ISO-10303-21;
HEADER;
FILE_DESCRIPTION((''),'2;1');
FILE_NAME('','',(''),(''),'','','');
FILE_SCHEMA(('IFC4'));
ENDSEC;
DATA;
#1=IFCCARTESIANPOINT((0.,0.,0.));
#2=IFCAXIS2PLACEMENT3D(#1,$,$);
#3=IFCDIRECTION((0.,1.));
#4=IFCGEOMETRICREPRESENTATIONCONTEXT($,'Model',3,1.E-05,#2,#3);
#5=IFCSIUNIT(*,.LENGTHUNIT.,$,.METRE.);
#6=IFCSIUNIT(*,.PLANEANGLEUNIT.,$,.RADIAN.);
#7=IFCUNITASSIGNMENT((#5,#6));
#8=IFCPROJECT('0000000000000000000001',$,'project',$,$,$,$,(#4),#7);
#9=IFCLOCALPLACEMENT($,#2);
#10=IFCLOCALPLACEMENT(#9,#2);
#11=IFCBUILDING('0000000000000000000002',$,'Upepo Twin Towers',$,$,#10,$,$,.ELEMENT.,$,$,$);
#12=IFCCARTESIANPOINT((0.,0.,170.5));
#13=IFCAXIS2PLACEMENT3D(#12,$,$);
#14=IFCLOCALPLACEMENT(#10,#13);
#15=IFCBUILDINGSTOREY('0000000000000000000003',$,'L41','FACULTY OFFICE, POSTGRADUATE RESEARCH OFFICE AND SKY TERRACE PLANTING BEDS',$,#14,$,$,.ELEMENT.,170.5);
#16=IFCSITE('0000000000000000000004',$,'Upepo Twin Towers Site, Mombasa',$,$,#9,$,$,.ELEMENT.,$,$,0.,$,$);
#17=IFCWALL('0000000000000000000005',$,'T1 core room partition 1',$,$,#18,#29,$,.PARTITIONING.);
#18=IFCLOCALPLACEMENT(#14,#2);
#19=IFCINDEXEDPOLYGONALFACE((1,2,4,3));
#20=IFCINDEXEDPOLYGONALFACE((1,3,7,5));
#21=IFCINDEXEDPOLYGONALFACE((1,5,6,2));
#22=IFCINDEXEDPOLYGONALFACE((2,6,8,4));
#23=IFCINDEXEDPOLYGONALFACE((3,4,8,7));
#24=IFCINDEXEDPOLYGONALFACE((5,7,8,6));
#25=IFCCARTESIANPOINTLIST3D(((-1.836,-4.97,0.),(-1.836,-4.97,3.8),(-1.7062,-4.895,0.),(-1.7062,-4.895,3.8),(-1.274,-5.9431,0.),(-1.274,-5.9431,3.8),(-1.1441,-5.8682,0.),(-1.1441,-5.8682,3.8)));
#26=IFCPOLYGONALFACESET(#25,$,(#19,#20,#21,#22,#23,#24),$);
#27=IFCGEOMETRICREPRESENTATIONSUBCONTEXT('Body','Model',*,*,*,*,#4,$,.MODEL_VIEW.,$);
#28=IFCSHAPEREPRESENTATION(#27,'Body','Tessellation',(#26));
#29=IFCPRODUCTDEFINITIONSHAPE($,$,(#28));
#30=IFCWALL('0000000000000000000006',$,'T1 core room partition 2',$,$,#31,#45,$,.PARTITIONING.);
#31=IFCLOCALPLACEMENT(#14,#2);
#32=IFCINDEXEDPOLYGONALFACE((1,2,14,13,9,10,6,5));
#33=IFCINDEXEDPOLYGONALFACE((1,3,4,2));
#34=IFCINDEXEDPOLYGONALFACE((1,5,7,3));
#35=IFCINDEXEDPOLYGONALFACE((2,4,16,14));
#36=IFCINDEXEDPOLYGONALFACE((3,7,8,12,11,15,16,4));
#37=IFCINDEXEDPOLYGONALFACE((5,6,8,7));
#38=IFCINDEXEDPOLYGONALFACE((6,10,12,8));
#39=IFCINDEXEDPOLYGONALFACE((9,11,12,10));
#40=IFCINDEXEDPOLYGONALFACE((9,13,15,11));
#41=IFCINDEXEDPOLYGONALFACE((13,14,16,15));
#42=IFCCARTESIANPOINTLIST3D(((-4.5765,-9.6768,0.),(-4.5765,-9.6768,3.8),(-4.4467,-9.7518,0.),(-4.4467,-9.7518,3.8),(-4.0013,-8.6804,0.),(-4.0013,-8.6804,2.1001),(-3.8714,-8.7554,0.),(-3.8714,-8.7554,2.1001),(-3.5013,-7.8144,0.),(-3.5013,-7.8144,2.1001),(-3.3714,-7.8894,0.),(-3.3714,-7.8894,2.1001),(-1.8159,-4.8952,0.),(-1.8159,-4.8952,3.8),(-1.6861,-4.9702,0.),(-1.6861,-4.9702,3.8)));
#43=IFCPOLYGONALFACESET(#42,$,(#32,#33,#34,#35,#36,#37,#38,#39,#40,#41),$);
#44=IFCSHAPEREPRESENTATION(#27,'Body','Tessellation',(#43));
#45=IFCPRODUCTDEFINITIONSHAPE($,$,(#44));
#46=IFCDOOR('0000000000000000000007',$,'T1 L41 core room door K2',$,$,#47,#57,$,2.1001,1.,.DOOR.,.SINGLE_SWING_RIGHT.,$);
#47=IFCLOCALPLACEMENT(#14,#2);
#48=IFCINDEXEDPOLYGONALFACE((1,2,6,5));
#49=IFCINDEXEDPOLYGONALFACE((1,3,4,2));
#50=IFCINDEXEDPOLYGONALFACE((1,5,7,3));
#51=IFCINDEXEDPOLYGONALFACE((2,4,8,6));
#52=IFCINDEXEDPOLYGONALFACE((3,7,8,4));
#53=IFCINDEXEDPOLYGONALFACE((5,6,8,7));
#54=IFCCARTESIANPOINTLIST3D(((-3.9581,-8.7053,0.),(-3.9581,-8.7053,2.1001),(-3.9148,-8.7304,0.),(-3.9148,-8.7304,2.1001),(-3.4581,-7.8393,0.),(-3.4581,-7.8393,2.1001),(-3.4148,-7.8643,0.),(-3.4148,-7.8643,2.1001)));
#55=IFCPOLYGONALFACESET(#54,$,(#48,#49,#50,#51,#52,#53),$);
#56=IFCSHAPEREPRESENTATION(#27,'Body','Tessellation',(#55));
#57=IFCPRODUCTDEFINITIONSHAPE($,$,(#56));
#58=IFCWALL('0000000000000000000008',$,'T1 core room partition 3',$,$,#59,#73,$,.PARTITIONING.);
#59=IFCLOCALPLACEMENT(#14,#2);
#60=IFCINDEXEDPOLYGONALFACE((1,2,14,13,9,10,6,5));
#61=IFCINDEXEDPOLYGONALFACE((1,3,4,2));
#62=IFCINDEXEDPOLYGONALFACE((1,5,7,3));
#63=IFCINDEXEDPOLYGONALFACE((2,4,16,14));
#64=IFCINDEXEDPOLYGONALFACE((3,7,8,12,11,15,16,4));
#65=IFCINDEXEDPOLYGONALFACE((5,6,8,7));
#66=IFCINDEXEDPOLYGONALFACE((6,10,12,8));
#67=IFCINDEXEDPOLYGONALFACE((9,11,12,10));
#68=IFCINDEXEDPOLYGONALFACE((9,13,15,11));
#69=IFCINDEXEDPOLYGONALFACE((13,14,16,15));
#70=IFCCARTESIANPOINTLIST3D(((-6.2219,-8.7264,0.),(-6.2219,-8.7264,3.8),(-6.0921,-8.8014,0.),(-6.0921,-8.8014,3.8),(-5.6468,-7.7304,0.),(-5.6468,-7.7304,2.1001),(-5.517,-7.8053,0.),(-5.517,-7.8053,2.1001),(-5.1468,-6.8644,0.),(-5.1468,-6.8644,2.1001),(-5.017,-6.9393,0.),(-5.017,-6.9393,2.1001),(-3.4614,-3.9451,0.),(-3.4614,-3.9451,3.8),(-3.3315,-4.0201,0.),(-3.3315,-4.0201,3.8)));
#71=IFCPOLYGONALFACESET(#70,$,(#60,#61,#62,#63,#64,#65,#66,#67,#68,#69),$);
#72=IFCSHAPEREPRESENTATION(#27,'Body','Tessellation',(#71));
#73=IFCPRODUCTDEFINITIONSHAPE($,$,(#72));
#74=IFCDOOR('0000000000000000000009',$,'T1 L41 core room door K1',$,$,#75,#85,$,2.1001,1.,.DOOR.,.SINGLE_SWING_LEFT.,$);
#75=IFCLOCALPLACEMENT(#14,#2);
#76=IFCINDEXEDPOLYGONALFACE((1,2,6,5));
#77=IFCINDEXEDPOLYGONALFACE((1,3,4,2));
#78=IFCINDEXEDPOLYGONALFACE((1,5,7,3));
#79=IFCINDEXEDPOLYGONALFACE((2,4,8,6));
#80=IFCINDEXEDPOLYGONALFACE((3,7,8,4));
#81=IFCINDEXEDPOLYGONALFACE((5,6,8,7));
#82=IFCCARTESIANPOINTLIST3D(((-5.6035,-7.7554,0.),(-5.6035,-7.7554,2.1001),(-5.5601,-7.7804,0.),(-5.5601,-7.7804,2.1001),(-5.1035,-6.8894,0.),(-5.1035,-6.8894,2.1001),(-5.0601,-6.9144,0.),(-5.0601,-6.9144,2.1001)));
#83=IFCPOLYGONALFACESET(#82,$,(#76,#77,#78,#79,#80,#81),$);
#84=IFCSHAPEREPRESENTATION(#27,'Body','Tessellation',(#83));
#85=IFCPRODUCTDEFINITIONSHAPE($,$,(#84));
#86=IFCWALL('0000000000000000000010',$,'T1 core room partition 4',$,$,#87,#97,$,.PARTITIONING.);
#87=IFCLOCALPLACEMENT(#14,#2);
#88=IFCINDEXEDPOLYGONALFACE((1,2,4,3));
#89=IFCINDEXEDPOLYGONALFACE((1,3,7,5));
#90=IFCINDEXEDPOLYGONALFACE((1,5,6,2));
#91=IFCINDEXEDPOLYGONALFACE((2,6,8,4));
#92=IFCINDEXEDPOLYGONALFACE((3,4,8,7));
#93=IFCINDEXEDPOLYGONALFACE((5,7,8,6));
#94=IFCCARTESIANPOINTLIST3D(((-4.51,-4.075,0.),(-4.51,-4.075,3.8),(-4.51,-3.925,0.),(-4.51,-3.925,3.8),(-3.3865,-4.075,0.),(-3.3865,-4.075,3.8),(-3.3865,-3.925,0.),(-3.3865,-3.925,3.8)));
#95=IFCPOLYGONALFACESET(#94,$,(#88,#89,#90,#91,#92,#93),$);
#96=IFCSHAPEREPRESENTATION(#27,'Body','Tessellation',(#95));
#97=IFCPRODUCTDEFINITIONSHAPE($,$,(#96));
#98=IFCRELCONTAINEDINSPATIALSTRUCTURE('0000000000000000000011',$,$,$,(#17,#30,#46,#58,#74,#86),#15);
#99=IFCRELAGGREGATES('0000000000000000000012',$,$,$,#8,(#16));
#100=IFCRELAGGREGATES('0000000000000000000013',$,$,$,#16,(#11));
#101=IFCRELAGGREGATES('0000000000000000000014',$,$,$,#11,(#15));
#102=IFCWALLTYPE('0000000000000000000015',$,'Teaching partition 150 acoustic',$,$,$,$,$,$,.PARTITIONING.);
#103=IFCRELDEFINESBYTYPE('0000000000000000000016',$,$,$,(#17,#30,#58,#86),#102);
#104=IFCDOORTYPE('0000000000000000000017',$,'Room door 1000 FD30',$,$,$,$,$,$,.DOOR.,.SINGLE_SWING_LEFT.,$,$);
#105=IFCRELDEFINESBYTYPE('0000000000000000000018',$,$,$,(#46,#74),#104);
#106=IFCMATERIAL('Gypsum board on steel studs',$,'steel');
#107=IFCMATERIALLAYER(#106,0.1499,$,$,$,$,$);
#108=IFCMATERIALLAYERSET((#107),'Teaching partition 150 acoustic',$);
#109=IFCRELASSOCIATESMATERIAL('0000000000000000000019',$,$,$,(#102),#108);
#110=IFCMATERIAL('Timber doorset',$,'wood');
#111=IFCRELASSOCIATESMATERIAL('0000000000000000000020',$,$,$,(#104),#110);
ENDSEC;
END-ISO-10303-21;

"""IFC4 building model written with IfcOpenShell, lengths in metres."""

from ifc_helpers import new_model, si_unit, direction, frame, frame_2d, origin, place, context, subcontext, project, spatial, rectangle, extrude, material, layer, layer_set, type_object, element, fill, save


model = new_model("IFC4")

# Units and contexts
model_context = context("Model", 3, precision=1e-05, world=origin(), true_north=direction((0.0, 1.0)))
body_context = subcontext(model_context, "Body", "Model", "MODEL_VIEW")
ifc_project = project(units=[si_unit("LENGTHUNIT", "METRE"), si_unit("PLANEANGLEUNIT", "RADIAN")], contexts=[model_context])

# Site, building, storey
site_placement = place(None, origin())
site = spatial("IfcSite", under=ifc_project, at=site_placement, Name="Upepo Twin Towers Site, Mombasa", CompositionType="ELEMENT", RefElevation=0.0)
building_placement = place(site_placement, origin())
building = spatial("IfcBuilding", under=site, at=building_placement, Name="Upepo Twin Towers", CompositionType="ELEMENT")
storey_placement = place(building_placement, frame((0.0, 0.0, 170.5)))
storey = spatial("IfcBuildingStorey", under=building, at=storey_placement, Name="L41", Description="FACULTY OFFICE, POSTGRADUATE RESEARCH OFFICE AND SKY TERRACE PLANTING BEDS", CompositionType="ELEMENT", Elevation=170.5)

# Wall
ifc_material_1 = material(Name="Gypsum board on steel studs", Category="steel")
ifc_layer_1 = layer(ifc_material_1, 0.1499)
ifc_layer_set_1 = layer_set([ifc_layer_1], Name="Teaching partition 150 acoustic")
wall_type_1 = type_object("IfcWallType", Name="Teaching partition 150 acoustic", PredefinedType="PARTITIONING", material=ifc_layer_set_1)
wall_1_placement = place(storey_placement, frame((-1.209, -5.9058, 0.0), z_axis=(0.0, 0.0, 1.0), x_axis=(-0.500111, 0.865961, 0.0)))
element("IfcWall", 1, at=wall_1_placement, inside=storey, type_object=wall_type_1, Name="T1 core room partition 1", PredefinedType="PARTITIONING", context=body_context, shape_type="SweptSolid", body=[
    extrude(rectangle(XDim=1.1238, YDim=0.1499, at=frame_2d((0.562, 0.0))), origin(), (0.0, 0.0, 1.0), 3.8),
])

# Walls, openings, doors
wall_2_placement = place(storey_placement, frame((-1.751, -4.9326, 0.0), z_axis=(0.0, 0.0, 1.0), x_axis=(-0.499987, -0.866033, 0.0)))
wall_2 = element("IfcWall", 2, at=wall_2_placement, inside=storey, type_object=wall_type_1, Name="T1 core room partition 2", PredefinedType="PARTITIONING", context=body_context, shape_type="SweptSolid", body=[
    extrude(rectangle(XDim=5.5212, YDim=0.1499, at=frame_2d((2.7607, 0.0))), origin(), (0.0, 0.0, 1.0), 3.8),
])
opening_1_placement = place(wall_2_placement, frame((3.3708, 0.0, 0.0)))
opening_1 = element("IfcOpeningElement", 3, at=opening_1_placement, cuts=wall_2, PredefinedType="OPENING", context=body_context, shape_type="SweptSolid", body=[
    extrude(rectangle(XDim=1.0, YDim=2.1001, at=frame_2d((0.5, 1.05))), frame((0.0, 0.085, 0.0), z_axis=(0.0, -1.0, 0.0), x_axis=(1.0, 0.0, 0.0)), (0.0, 0.0, 1.0), 0.1699),
])
ifc_material_2 = material(Name="Timber doorset", Category="wood")
door_type_1 = type_object("IfcDoorType", Name="Room door 1000 FD30", OperationType="SINGLE_SWING_LEFT", PredefinedType="DOOR", material=ifc_material_2)
door_1_placement = place(opening_1_placement, origin())
door_1 = element("IfcDoor", 4, at=door_1_placement, inside=storey, type_object=door_type_1, Name="T1 L41 core room door K2", OperationType="SINGLE_SWING_RIGHT", OverallHeight=2.1001, OverallWidth=1.0, PredefinedType="DOOR", context=body_context, shape_type="SweptSolid", body=[
    extrude(rectangle(XDim=1.0, YDim=2.1001, at=frame_2d((0.5, 1.05))), frame((0.0, 0.0249, 0.0), z_axis=(0.0, -1.0, 0.0), x_axis=(1.0, 0.0, 0.0)), (0.0, 0.0, 1.0), 0.05),
])
fill(opening_1, door_1)
wall_3_placement = place(storey_placement, frame((-6.157, -8.7639, 0.0), z_axis=(0.0, 0.0, 1.0), x_axis=(0.500006, 0.866022, 0.0)))
wall_3 = element("IfcWall", 5, at=wall_3_placement, inside=storey, type_object=wall_type_1, Name="T1 core room partition 3", PredefinedType="PARTITIONING", context=body_context, shape_type="SweptSolid", body=[
    extrude(rectangle(XDim=5.521, YDim=0.1499, at=frame_2d((2.7605, 0.0))), origin(), (0.0, 0.0, 1.0), 3.8),
])
opening_2_placement = place(wall_3_placement, frame((1.1501, 0.0, 0.0)))
opening_2 = element("IfcOpeningElement", 6, at=opening_2_placement, cuts=wall_3, PredefinedType="OPENING", context=body_context, shape_type="SweptSolid", body=[
    extrude(rectangle(XDim=1.0, YDim=2.1001, at=frame_2d((0.5, 1.05))), frame((0.0, 0.085, 0.0), z_axis=(0.0, -1.0, 0.0), x_axis=(1.0, 0.0, 0.0)), (0.0, 0.0, 1.0), 0.1699),
])
door_2_placement = place(opening_2_placement, origin())
door_2 = element("IfcDoor", 7, at=door_2_placement, inside=storey, type_object=door_type_1, Name="T1 L41 core room door K1", OperationType="SINGLE_SWING_LEFT", OverallHeight=2.1001, OverallWidth=1.0, PredefinedType="DOOR", context=body_context, shape_type="SweptSolid", body=[
    extrude(rectangle(XDim=1.0, YDim=2.1001, at=frame_2d((0.5, 1.05))), frame((0.0, 0.0249, 0.0), z_axis=(0.0, -1.0, 0.0), x_axis=(1.0, 0.0, 0.0)), (0.0, 0.0, 1.0), 0.05),
])
fill(opening_2, door_2)

# Wall
wall_4_placement = place(storey_placement, frame((-3.3865, -4.0, 0.0), z_axis=(0.0, 0.0, 1.0), x_axis=(-1.0, 0.0, 0.0)))
element("IfcWall", 8, at=wall_4_placement, inside=storey, type_object=wall_type_1, Name="T1 core room partition 4", PredefinedType="PARTITIONING", context=body_context, shape_type="SweptSolid", body=[
    extrude(rectangle(XDim=1.1235, YDim=0.1499, at=frame_2d((0.5618, 0.0))), origin(), (0.0, 0.0, 1.0), 3.8),
])

save(model, "model.ifc")
